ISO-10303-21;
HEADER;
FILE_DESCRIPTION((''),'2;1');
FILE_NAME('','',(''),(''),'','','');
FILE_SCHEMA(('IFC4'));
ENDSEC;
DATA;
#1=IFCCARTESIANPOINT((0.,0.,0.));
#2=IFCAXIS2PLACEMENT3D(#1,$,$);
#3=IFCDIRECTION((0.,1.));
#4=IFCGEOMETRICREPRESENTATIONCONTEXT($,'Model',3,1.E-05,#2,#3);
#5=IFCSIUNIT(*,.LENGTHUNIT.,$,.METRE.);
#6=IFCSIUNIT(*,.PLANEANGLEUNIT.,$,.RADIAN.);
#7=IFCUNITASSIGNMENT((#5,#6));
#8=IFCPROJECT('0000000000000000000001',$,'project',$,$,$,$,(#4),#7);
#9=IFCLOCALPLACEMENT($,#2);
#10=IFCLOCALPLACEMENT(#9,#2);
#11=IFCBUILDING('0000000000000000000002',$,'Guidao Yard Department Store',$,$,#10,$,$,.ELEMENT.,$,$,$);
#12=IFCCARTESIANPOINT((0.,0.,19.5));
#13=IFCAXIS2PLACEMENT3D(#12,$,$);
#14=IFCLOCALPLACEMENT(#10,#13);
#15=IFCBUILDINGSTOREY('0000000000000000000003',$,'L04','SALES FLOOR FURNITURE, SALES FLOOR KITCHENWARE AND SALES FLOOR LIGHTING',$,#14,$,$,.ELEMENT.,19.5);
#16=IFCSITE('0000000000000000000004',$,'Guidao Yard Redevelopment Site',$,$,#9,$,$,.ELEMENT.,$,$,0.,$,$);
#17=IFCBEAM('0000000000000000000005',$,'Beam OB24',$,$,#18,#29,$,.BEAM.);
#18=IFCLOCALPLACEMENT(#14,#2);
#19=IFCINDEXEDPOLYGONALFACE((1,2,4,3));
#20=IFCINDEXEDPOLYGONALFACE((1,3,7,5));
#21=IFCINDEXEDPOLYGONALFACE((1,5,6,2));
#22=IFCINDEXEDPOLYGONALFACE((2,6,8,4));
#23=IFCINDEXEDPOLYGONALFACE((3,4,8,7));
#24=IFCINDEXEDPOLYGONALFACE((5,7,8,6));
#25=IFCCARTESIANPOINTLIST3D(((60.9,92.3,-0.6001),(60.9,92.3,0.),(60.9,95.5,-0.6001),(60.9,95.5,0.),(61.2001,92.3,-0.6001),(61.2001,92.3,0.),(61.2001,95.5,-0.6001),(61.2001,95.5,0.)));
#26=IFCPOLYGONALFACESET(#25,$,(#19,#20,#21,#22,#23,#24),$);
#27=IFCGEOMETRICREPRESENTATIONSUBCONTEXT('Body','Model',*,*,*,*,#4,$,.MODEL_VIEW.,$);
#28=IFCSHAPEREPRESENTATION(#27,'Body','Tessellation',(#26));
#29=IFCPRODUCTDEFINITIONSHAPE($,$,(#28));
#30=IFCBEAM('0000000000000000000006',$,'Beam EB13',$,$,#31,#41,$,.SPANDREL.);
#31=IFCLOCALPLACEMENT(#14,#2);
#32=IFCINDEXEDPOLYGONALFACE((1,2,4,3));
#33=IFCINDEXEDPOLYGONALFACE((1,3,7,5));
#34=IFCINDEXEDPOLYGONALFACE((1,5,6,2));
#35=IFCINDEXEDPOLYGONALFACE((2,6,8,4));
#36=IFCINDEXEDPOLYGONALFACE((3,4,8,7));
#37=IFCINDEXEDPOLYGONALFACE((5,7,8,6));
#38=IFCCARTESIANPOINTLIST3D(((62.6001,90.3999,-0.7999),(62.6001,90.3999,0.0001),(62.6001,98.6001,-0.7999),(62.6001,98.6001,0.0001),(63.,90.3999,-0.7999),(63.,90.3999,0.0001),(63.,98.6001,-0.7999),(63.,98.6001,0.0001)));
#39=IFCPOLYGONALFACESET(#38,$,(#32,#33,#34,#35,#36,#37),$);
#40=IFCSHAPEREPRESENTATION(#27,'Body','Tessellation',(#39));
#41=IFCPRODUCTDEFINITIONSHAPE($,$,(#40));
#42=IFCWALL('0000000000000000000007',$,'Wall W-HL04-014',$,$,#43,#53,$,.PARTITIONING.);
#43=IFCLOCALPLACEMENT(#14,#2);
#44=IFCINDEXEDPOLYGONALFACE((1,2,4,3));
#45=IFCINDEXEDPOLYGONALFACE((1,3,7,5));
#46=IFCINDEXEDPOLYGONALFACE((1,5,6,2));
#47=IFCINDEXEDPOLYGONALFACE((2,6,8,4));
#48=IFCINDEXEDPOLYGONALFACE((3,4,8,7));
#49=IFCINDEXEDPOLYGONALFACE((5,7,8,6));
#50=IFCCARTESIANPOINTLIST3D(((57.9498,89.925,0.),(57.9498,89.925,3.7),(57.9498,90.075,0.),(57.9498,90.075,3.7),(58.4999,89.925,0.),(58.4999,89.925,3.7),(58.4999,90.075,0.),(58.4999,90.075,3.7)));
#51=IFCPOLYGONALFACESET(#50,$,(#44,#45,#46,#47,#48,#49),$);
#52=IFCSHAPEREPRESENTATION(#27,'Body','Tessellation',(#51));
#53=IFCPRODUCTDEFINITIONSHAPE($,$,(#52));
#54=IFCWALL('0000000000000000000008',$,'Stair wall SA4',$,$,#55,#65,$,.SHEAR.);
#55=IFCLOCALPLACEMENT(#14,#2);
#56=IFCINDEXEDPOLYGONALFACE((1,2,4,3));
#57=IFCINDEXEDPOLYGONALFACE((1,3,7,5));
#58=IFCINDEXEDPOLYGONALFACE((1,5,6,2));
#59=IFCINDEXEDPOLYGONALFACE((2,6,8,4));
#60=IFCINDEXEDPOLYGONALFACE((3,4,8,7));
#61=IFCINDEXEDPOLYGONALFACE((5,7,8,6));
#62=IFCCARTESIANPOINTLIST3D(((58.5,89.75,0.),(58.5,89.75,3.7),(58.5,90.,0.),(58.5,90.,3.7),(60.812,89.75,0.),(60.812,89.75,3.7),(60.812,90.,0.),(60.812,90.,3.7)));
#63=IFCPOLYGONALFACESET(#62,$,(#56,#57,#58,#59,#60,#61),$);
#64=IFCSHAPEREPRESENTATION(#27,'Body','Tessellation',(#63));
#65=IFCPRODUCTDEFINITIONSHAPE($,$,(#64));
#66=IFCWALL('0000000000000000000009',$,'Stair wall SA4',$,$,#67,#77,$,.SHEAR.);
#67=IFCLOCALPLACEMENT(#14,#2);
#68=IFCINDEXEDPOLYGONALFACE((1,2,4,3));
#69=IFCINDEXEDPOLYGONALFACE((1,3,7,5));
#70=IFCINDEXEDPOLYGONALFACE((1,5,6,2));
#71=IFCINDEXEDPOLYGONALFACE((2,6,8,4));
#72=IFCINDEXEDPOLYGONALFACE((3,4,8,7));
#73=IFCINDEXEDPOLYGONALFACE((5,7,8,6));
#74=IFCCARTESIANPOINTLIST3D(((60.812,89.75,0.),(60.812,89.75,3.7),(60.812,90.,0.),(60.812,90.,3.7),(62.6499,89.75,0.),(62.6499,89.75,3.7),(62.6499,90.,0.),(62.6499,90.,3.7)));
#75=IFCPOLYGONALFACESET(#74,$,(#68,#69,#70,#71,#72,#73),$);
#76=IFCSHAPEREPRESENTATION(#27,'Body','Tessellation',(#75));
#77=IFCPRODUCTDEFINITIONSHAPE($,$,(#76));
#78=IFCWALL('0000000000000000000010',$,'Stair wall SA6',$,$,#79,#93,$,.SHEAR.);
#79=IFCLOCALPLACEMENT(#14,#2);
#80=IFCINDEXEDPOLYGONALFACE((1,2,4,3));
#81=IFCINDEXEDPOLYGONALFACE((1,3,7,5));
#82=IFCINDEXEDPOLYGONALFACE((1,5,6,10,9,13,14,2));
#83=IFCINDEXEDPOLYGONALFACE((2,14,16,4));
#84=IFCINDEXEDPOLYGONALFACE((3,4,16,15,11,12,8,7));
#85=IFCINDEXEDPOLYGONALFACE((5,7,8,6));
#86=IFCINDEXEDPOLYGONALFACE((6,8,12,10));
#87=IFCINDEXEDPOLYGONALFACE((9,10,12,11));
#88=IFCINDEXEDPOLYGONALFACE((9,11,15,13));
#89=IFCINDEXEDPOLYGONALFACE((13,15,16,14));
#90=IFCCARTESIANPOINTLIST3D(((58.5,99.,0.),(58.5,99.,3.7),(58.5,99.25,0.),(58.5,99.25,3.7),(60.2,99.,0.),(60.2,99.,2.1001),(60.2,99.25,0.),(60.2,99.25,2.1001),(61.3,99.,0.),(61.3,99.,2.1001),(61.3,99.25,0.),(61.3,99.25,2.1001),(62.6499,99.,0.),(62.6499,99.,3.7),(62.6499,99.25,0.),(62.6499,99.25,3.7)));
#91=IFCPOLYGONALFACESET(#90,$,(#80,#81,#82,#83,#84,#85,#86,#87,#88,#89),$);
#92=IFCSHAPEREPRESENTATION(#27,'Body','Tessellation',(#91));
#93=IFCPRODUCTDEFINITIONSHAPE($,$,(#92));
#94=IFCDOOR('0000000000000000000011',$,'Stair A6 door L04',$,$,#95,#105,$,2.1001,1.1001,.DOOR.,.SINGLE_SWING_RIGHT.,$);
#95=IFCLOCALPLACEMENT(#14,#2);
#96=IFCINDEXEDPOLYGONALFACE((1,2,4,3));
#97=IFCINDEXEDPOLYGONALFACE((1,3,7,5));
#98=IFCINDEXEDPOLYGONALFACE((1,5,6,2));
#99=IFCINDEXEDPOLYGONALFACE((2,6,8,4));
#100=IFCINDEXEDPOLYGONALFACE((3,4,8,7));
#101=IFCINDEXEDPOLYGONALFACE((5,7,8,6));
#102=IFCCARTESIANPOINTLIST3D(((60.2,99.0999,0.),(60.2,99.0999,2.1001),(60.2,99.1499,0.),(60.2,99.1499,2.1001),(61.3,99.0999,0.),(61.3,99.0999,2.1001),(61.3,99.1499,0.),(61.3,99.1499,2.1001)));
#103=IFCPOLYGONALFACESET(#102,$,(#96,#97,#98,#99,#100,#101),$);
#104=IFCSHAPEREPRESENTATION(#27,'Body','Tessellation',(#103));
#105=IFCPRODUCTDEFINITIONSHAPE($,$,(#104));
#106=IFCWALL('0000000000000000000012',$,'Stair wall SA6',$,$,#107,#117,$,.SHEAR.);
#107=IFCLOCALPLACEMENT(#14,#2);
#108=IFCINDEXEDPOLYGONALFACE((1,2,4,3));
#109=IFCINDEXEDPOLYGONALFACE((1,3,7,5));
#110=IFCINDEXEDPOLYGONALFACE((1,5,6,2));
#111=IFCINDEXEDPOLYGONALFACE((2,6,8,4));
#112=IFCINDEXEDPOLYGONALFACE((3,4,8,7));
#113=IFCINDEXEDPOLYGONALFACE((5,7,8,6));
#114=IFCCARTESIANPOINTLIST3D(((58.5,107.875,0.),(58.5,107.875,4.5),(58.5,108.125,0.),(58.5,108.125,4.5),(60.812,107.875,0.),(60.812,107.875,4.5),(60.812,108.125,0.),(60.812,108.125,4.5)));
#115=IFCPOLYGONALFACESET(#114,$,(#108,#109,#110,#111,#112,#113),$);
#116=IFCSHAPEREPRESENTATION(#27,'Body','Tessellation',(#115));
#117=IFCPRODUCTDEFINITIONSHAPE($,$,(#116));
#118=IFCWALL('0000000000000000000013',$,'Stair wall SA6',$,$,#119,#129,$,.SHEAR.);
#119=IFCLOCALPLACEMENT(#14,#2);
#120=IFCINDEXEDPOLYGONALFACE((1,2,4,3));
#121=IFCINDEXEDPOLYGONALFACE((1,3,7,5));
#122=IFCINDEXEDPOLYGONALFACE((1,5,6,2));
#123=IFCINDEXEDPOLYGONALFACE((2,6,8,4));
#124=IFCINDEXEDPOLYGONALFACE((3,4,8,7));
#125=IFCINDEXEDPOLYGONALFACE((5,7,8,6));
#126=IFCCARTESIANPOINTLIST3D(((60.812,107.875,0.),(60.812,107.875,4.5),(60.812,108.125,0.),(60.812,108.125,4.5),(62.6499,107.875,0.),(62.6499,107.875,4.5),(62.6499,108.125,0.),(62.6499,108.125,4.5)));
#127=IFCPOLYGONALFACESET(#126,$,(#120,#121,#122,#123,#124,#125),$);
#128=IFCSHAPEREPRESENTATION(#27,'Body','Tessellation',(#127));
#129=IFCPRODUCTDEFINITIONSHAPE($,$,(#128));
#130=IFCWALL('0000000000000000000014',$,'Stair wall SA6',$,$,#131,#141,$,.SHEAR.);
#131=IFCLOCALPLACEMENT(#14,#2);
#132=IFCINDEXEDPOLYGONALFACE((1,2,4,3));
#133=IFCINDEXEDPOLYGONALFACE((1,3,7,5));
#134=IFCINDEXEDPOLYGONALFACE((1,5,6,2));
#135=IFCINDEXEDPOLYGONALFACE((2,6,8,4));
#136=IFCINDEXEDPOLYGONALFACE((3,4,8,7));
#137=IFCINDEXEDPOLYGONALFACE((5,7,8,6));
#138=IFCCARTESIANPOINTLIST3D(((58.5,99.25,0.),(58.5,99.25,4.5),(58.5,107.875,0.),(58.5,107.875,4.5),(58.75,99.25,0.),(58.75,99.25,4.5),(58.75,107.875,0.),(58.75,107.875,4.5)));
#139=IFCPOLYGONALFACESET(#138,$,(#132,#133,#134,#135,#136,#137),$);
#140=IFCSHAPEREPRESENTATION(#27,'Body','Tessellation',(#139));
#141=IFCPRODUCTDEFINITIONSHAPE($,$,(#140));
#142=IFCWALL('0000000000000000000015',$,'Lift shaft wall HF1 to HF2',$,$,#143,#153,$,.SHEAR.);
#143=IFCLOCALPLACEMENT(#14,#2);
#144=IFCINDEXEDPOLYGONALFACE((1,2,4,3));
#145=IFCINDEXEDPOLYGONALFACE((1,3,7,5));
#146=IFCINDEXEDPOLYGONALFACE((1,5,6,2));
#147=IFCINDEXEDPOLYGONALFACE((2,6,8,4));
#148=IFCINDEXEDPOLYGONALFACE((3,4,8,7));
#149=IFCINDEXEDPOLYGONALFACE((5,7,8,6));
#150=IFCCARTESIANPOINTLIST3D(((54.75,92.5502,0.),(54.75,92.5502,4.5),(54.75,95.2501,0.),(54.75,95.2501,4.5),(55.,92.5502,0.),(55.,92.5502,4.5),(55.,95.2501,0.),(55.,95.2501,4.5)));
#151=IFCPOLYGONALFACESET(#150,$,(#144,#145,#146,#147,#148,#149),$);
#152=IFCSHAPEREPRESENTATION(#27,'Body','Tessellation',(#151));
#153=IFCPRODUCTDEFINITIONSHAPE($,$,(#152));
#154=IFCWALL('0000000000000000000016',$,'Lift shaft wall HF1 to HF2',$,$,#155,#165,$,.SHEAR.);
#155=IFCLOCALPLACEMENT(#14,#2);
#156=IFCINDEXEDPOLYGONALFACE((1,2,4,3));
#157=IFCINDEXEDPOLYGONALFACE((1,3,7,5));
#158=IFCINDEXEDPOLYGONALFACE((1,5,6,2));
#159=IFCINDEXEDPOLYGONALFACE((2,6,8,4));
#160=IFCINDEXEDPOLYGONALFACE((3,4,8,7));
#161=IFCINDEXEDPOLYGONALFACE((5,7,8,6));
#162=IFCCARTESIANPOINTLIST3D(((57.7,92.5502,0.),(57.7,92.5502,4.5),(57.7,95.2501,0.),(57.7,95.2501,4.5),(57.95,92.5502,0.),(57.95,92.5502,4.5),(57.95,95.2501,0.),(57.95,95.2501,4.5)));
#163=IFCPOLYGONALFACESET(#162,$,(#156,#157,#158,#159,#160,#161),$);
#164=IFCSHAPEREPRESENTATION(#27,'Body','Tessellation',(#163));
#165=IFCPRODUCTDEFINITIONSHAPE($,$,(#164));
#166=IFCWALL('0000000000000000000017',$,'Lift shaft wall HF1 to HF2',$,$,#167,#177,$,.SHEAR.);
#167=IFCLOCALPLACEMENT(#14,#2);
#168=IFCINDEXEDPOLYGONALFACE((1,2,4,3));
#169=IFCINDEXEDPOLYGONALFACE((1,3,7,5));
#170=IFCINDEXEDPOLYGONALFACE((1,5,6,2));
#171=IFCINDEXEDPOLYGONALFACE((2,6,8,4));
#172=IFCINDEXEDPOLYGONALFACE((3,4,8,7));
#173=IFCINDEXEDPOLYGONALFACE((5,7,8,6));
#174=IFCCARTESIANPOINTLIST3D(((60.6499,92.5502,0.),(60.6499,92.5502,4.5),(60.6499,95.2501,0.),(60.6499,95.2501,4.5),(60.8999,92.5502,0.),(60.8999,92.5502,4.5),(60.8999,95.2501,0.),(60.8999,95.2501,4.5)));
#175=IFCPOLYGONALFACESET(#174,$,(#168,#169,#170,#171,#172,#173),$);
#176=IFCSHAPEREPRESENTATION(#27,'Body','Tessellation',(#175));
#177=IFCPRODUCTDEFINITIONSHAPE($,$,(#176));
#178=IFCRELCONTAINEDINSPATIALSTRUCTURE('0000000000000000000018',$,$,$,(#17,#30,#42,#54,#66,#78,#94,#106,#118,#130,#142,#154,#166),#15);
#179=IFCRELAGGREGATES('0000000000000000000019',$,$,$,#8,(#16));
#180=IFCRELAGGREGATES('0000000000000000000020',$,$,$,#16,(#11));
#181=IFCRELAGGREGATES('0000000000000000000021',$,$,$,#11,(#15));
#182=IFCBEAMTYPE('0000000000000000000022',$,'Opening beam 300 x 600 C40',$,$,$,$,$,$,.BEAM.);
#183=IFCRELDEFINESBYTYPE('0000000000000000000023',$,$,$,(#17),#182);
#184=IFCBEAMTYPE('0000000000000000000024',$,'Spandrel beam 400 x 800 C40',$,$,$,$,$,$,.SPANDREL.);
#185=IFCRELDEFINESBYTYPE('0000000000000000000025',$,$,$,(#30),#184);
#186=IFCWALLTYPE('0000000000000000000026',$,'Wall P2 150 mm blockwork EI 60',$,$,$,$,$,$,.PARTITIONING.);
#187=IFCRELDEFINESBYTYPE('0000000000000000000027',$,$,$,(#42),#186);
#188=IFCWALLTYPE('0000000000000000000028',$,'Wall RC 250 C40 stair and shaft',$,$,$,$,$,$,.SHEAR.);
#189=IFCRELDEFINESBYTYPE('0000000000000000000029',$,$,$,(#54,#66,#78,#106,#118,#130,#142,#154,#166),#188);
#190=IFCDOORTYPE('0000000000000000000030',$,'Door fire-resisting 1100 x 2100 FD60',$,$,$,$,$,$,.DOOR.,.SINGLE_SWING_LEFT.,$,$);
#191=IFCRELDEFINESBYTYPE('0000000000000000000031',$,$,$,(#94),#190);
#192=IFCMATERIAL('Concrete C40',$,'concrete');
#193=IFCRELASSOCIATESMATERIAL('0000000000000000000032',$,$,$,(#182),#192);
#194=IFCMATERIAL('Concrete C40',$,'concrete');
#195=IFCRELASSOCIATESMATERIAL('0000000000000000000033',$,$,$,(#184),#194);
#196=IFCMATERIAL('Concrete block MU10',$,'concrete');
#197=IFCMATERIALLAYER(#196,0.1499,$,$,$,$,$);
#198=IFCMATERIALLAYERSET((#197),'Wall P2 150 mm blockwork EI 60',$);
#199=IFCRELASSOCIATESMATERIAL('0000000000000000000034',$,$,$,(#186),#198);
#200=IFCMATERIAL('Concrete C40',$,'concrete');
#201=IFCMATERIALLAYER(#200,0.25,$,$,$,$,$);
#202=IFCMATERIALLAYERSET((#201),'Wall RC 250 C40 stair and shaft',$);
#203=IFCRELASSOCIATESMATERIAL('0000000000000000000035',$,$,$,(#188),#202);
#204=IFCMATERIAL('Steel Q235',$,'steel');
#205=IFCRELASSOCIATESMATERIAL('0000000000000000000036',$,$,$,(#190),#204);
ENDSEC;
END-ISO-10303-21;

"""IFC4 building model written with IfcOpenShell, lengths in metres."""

from ifc_helpers import new_model, si_unit, direction, frame, frame_2d, origin, origin_2d, place, context, subcontext, project, spatial, rectangle, extrude, material, layer, layer_set, material_profile, profile_set, type_object, element, fill, save


model = new_model("IFC4")

# Units and contexts
model_context = context("Model", 3, precision=1e-05, world=origin(), true_north=direction((0.0, 1.0)))
body_context = subcontext(model_context, "Body", "Model", "MODEL_VIEW")
ifc_project = project(units=[si_unit("LENGTHUNIT", "METRE"), si_unit("PLANEANGLEUNIT", "RADIAN")], contexts=[model_context])

# Site, building, storey
site_placement = place(None, origin())
site = spatial("IfcSite", under=ifc_project, at=site_placement, Name="Guidao Yard Redevelopment Site", CompositionType="ELEMENT", RefElevation=0.0)
building_placement = place(site_placement, origin())
building = spatial("IfcBuilding", under=site, at=building_placement, Name="Guidao Yard Department Store", CompositionType="ELEMENT")
storey_placement = place(building_placement, frame((0.0, 0.0, 19.5)))
storey = spatial("IfcBuildingStorey", under=building, at=storey_placement, Name="L04", Description="SALES FLOOR FURNITURE, SALES FLOOR KITCHENWARE AND SALES FLOOR LIGHTING", CompositionType="ELEMENT", Elevation=19.5)

# Beams
ifc_material_1 = material(Name="Concrete C40", Category="concrete")
ifc_material_profile_1 = material_profile(ifc_material_1, rectangle(XDim=0.3, YDim=0.6001, at=origin_2d()), Name="Opening beam 300 x 600 C40")
ifc_profile_set_1 = profile_set([ifc_material_profile_1], Name="Concrete C40")
beam_type_1 = type_object("IfcBeamType", Name="Opening beam 300 x 600 C40", PredefinedType="BEAM", material=ifc_profile_set_1)
beam_1_placement = place(storey_placement, frame((61.05, 92.3, -0.3), z_axis=(0.0, 1.0, 0.0), x_axis=(-1.0, 0.0, 0.0)))
element("IfcBeam", 1, at=beam_1_placement, inside=storey, type_object=beam_type_1, Name="Beam OB24", PredefinedType="BEAM", context=body_context, shape_type="SweptSolid", body=[
    extrude(rectangle(XDim=0.3, YDim=0.6001, at=origin_2d()), origin(), (0.0, 0.0, 1.0), 3.2),
])
ifc_material_2 = material(Name="Concrete C40", Category="concrete")
ifc_material_profile_2 = material_profile(ifc_material_2, rectangle(XDim=0.3999, YDim=0.8, at=origin_2d()), Name="Spandrel beam 400 x 800 C40")
ifc_profile_set_2 = profile_set([ifc_material_profile_2], Name="Concrete C40")
beam_type_2 = type_object("IfcBeamType", Name="Spandrel beam 400 x 800 C40", PredefinedType="SPANDREL", material=ifc_profile_set_2)
beam_2_placement = place(storey_placement, frame((62.8, 90.3999, -0.3999), z_axis=(0.0, 1.0, 0.0), x_axis=(-1.0, 0.0, 0.0)))
element("IfcBeam", 2, at=beam_2_placement, inside=storey, type_object=beam_type_2, Name="Beam EB13", PredefinedType="SPANDREL", context=body_context, shape_type="SweptSolid", body=[
    extrude(rectangle(XDim=0.3999, YDim=0.8, at=origin_2d()), origin(), (0.0, 0.0, 1.0), 8.2002),
])

# Walls
ifc_material_3 = material(Name="Concrete block MU10", Category="concrete")
ifc_layer_1 = layer(ifc_material_3, 0.1499)
ifc_layer_set_1 = layer_set([ifc_layer_1], Name="Wall P2 150 mm blockwork EI 60")
wall_type_1 = type_object("IfcWallType", Name="Wall P2 150 mm blockwork EI 60", PredefinedType="PARTITIONING", material=ifc_layer_set_1)
wall_1_placement = place(storey_placement, frame((57.95, 90.0, 0.0), z_axis=(0.0, 0.0, 1.0), x_axis=(1.0, 0.0, 0.0)))
element("IfcWall", 3, at=wall_1_placement, inside=storey, type_object=wall_type_1, Name="Wall W-HL04-014", PredefinedType="PARTITIONING", context=body_context, shape_type="SweptSolid", body=[
    extrude(rectangle(XDim=0.55, YDim=0.1499, at=frame_2d((0.2749, 0.0))), origin(), (0.0, 0.0, 1.0), 3.7),
])
ifc_material_4 = material(Name="Concrete C40", Category="concrete")
ifc_layer_2 = layer(ifc_material_4, 0.25)
ifc_layer_set_2 = layer_set([ifc_layer_2], Name="Wall RC 250 C40 stair and shaft")
wall_type_2 = type_object("IfcWallType", Name="Wall RC 250 C40 stair and shaft", PredefinedType="SHEAR", material=ifc_layer_set_2)
wall_2_placement = place(storey_placement, frame((58.5, 89.875, 0.0), z_axis=(0.0, 0.0, 1.0), x_axis=(1.0, 0.0, 0.0)))
element("IfcWall", 4, at=wall_2_placement, inside=storey, type_object=wall_type_2, Name="Stair wall SA4", PredefinedType="SHEAR", context=body_context, shape_type="SweptSolid", body=[
    extrude(rectangle(XDim=2.312, YDim=0.25, at=frame_2d((1.156, 0.0))), origin(), (0.0, 0.0, 1.0), 3.7),
])
wall_3_placement = place(storey_placement, frame((60.812, 89.875, 0.0), z_axis=(0.0, 0.0, 1.0), x_axis=(1.0, 0.0, 0.0)))
element("IfcWall", 5, at=wall_3_placement, inside=storey, type_object=wall_type_2, Name="Stair wall SA4", PredefinedType="SHEAR", context=body_context, shape_type="SweptSolid", body=[
    extrude(rectangle(XDim=1.8379, YDim=0.25, at=frame_2d((0.9189, 0.0))), origin(), (0.0, 0.0, 1.0), 3.7),
])

# Wall, opening, door
wall_4_placement = place(storey_placement, frame((58.5, 99.125, 0.0), z_axis=(0.0, 0.0, 1.0), x_axis=(1.0, 0.0, 0.0)))
wall_4 = element("IfcWall", 6, at=wall_4_placement, inside=storey, type_object=wall_type_2, Name="Stair wall SA6", PredefinedType="SHEAR", context=body_context, shape_type="SweptSolid", body=[
    extrude(rectangle(XDim=4.1499, YDim=0.25, at=frame_2d((2.075, 0.0))), origin(), (0.0, 0.0, 1.0), 3.7),
])
opening_placement = place(wall_4_placement, frame((1.7, 0.0, 0.0)))
opening = element("IfcOpeningElement", 7, at=opening_placement, cuts=wall_4, PredefinedType="OPENING", context=body_context, shape_type="SweptSolid", body=[
    extrude(rectangle(XDim=1.1001, YDim=2.1001, at=frame_2d((0.55, 1.05))), frame((0.0, 0.135, 0.0), z_axis=(0.0, -1.0, 0.0), x_axis=(1.0, 0.0, 0.0)), (0.0, 0.0, 1.0), 0.27),
])
ifc_material_5 = material(Name="Steel Q235", Category="steel")
door_type = type_object("IfcDoorType", Name="Door fire-resisting 1100 x 2100 FD60", OperationType="SINGLE_SWING_LEFT", PredefinedType="DOOR", material=ifc_material_5)
door_placement = place(opening_placement, origin())
door = element("IfcDoor", 8, at=door_placement, inside=storey, type_object=door_type, Name="Stair A6 door L04", OperationType="SINGLE_SWING_RIGHT", OverallHeight=2.1001, OverallWidth=1.1001, PredefinedType="DOOR", context=body_context, shape_type="SweptSolid", body=[
    extrude(rectangle(XDim=1.1001, YDim=2.1001, at=frame_2d((0.55, 1.05))), frame((0.0, 0.0249, 0.0), z_axis=(0.0, -1.0, 0.0), x_axis=(1.0, 0.0, 0.0)), (0.0, 0.0, 1.0), 0.05),
])
fill(opening, door)

# Walls
wall_5_placement = place(storey_placement, frame((58.5, 108.0, 0.0), z_axis=(0.0, 0.0, 1.0), x_axis=(1.0, 0.0, 0.0)))
element("IfcWall", 9, at=wall_5_placement, inside=storey, type_object=wall_type_2, Name="Stair wall SA6", PredefinedType="SHEAR", context=body_context, shape_type="SweptSolid", body=[
    extrude(rectangle(XDim=2.312, YDim=0.25, at=frame_2d((1.156, 0.0))), origin(), (0.0, 0.0, 1.0), 4.5),
])
wall_6_placement = place(storey_placement, frame((60.812, 108.0, 0.0), z_axis=(0.0, 0.0, 1.0), x_axis=(1.0, 0.0, 0.0)))
element("IfcWall", 10, at=wall_6_placement, inside=storey, type_object=wall_type_2, Name="Stair wall SA6", PredefinedType="SHEAR", context=body_context, shape_type="SweptSolid", body=[
    extrude(rectangle(XDim=1.8379, YDim=0.25, at=frame_2d((0.9189, 0.0))), origin(), (0.0, 0.0, 1.0), 4.5),
])
wall_7_placement = place(storey_placement, frame((58.625, 99.25, 0.0), z_axis=(0.0, 0.0, 1.0), x_axis=(0.0, 1.0, 0.0)))
element("IfcWall", 11, at=wall_7_placement, inside=storey, type_object=wall_type_2, Name="Stair wall SA6", PredefinedType="SHEAR", context=body_context, shape_type="SweptSolid", body=[
    extrude(rectangle(XDim=8.625, YDim=0.25, at=frame_2d((4.3125, 0.0))), origin(), (0.0, 0.0, 1.0), 4.5),
])
for number, where, z_axis, x_axis, name in (
    (12, (54.875, 92.55, 0.0), (0.0, 0.0, 1.0), (0.0, 1.0, 0.0), "Lift shaft wall HF1 to HF2"),
    (13, (57.825, 92.55, 0.0), (0.0, 0.0, 1.0), (0.0, 1.0, 0.0), "Lift shaft wall HF1 to HF2"),
    (14, (60.7749, 92.55, 0.0), (0.0, 0.0, 1.0), (0.0, 1.0, 0.0), "Lift shaft wall HF1 to HF2"),
):
    element("IfcWall", number, at=place(storey_placement, frame(where, z_axis=z_axis, x_axis=x_axis)), inside=storey, type_object=wall_type_2, Name=name, PredefinedType="SHEAR", context=body_context, shape_type="SweptSolid", body=[
        extrude(rectangle(XDim=2.7, YDim=0.25, at=frame_2d((1.3501, 0.0))), origin(), (0.0, 0.0, 1.0), 4.5),
    ])

save(model, "model.ifc")
